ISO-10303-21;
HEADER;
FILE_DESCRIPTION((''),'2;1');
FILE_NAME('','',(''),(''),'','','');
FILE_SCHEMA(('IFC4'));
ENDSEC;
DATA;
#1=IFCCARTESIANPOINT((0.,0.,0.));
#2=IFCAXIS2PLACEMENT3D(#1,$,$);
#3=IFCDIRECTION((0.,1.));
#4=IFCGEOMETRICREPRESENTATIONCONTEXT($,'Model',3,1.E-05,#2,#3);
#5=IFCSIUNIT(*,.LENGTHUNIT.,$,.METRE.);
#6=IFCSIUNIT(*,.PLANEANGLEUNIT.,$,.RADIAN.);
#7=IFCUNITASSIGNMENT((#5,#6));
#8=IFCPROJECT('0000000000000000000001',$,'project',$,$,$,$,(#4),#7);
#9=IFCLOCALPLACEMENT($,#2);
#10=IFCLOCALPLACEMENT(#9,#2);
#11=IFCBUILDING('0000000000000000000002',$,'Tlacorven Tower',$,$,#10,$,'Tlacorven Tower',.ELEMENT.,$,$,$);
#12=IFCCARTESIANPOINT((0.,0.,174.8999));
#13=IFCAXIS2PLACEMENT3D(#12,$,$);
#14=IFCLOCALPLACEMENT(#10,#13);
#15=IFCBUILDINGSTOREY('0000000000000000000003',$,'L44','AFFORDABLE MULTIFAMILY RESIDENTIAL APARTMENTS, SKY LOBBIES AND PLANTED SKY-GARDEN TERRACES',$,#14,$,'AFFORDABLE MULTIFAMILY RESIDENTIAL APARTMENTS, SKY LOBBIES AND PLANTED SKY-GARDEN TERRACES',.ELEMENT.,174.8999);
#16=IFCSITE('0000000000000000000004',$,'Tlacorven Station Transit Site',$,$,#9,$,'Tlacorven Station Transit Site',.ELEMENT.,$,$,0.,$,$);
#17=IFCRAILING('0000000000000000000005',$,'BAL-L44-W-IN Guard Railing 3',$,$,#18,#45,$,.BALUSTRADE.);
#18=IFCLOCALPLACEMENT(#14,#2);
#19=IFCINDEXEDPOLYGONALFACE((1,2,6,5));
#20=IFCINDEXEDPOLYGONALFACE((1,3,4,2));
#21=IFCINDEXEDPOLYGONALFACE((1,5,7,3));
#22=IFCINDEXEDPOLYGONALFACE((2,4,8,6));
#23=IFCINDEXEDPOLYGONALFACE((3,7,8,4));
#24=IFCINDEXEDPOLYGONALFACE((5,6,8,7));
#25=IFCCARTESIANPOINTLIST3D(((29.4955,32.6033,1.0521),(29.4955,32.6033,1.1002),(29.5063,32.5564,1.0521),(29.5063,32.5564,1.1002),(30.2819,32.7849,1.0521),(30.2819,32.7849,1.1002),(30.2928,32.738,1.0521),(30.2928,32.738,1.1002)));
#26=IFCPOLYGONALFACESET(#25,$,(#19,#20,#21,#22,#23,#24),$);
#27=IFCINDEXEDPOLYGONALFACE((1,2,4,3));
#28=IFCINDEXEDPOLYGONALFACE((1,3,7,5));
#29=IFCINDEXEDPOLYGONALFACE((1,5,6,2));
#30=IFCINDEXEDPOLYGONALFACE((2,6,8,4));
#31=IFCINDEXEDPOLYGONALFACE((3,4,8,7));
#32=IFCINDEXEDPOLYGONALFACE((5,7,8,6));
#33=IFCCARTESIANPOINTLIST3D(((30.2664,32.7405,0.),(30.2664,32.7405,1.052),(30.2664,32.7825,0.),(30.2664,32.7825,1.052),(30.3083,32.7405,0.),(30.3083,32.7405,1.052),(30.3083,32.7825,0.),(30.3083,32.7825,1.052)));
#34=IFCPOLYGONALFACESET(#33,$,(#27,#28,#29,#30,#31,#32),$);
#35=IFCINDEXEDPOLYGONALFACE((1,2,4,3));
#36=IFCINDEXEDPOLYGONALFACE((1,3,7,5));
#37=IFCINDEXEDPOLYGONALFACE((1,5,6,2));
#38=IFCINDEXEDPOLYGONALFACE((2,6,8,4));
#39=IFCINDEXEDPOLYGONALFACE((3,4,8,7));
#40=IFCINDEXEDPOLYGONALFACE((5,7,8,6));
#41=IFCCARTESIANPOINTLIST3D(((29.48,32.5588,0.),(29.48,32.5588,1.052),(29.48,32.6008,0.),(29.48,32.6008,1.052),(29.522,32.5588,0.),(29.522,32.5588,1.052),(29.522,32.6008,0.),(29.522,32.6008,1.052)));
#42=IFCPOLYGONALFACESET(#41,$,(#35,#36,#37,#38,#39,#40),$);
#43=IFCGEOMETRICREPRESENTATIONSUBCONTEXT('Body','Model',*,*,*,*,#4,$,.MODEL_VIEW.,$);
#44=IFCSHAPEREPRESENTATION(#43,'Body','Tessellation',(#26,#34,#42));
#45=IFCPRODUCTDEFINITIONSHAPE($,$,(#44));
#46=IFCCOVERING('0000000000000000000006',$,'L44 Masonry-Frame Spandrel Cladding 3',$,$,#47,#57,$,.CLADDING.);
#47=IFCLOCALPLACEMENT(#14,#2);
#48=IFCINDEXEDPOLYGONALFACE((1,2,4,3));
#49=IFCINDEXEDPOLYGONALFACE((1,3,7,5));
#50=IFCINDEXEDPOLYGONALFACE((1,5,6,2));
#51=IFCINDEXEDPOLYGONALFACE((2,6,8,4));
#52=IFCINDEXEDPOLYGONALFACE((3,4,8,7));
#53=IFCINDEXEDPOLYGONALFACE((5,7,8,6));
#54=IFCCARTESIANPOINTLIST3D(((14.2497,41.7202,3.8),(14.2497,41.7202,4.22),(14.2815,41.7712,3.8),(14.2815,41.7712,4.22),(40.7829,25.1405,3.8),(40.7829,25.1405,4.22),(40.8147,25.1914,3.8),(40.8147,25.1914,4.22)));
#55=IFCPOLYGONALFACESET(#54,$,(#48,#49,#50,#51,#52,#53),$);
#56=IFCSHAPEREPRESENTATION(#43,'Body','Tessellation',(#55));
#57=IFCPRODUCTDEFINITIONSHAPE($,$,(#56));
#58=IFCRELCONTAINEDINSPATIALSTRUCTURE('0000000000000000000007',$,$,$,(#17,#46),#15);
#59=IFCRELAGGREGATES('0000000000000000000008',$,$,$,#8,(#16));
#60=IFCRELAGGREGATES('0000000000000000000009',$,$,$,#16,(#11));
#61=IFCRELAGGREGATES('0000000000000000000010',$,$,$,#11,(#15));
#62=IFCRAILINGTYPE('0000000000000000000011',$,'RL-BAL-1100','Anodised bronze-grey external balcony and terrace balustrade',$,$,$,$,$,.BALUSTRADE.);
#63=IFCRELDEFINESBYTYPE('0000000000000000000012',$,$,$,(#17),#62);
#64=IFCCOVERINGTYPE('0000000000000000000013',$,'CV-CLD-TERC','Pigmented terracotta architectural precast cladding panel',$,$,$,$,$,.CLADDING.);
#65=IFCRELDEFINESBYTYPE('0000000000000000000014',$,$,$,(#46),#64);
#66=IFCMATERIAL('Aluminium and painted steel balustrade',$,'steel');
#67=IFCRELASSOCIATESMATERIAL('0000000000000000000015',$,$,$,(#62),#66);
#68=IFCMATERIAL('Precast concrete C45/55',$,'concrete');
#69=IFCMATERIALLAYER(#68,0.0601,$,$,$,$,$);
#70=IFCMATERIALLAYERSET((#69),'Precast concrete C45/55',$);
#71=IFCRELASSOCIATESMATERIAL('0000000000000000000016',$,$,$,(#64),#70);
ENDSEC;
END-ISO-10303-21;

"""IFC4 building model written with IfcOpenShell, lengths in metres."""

from ifc_helpers import new_model, si_unit, direction, frame, origin, origin_2d, place, context, subcontext, project, spatial, rectangle, extrude, source, transform, mapped, material, layer, layer_set, type_object, element, save


model = new_model("IFC4")

# Units and contexts
model_context = context("Model", 3, precision=1e-05, world=origin(), true_north=direction((0.0, 1.0)))
body_context = subcontext(model_context, "Body", "Model", "MODEL_VIEW")
ifc_project = project(units=[si_unit("LENGTHUNIT", "METRE"), si_unit("PLANEANGLEUNIT", "RADIAN")], contexts=[model_context])

# Site, building, storey
site_placement = place(None, origin())
site = spatial("IfcSite", under=ifc_project, at=site_placement, Name="Tlacorven Station Transit Site", LongName="Tlacorven Station Transit Site", CompositionType="ELEMENT", RefElevation=0.0)
building_placement = place(site_placement, origin())
building = spatial("IfcBuilding", under=site, at=building_placement, Name="Tlacorven Tower", LongName="Tlacorven Tower", CompositionType="ELEMENT")
storey_placement = place(building_placement, frame((0.0, 0.0, 174.8999)))
storey = spatial("IfcBuildingStorey", under=building, at=storey_placement, Name="L44", Description="AFFORDABLE MULTIFAMILY RESIDENTIAL APARTMENTS, SKY LOBBIES AND PLANTED SKY-GARDEN TERRACES", LongName="AFFORDABLE MULTIFAMILY RESIDENTIAL APARTMENTS, SKY LOBBIES AND PLANTED SKY-GARDEN TERRACES", CompositionType="ELEMENT", Elevation=174.8999)

# Railing
ifc_material_1 = material(Name="Aluminium and painted steel balustrade", Category="steel")
railing_type = type_object("IfcRailingType", Name="RL-BAL-1100", Description="Anodised bronze-grey external balcony and terrace balustrade", PredefinedType="BALUSTRADE", material=ifc_material_1)
shared_shape_1 = source(origin(), body_context, "Body", "SweptSolid", [
    extrude(rectangle(XDim=0.0481, YDim=0.0481, at=origin_2d()), frame((0.0, 0.0, 1.0762), z_axis=(-0.974345, -0.225058, 0.0), x_axis=(0.225058, -0.974345, 0.0)), (0.0, 0.0, 1.0), 0.8071),
    extrude(rectangle(XDim=0.042, YDim=0.042, at=origin_2d()), origin(), (0.0, 0.0, 1.0), 1.052),
    extrude(rectangle(XDim=0.042, YDim=0.042, at=origin_2d()), frame((-0.7864, -0.1816, 0.0)), (0.0, 0.0, 1.0), 1.052),
])
railing_1_placement = place(storey_placement, frame((30.2874, 32.7615, 0.0)))
element("IfcRailing", 1, at=railing_1_placement, inside=storey, type_object=railing_type, Name="BAL-L44-W-IN Guard Railing 3", PredefinedType="BALUSTRADE", context=body_context, shape_type="MappedRepresentation", body=[
    mapped(shared_shape_1, transform((0.0, 0.0, 0.0), scale=1.0)),
])

# Covering
ifc_material_2 = material(Name="Precast concrete C45/55", Category="concrete")
ifc_layer_1 = layer(ifc_material_2, 0.0601)
ifc_layer_set_1 = layer_set([ifc_layer_1], Name="Precast concrete C45/55")
covering_type = type_object("IfcCoveringType", Name="CV-CLD-TERC", Description="Pigmented terracotta architectural precast cladding panel", PredefinedType="CLADDING", material=ifc_layer_set_1)
shared_shape_2 = source(origin(), body_context, "Body", "SweptSolid", [
    extrude(rectangle(XDim=31.2874, YDim=0.0601, at=origin_2d()), origin(), (0.0, 0.0, 1.0), 0.4199),
])
covering_placement = place(storey_placement, frame((27.5322, 33.4558, 3.8), z_axis=(0.0, 0.0, 1.0), x_axis=(0.848048, -0.529919, 0.0)))
element("IfcCovering", 2, at=covering_placement, inside=storey, type_object=covering_type, Name="L44 Masonry-Frame Spandrel Cladding 3", PredefinedType="CLADDING", context=body_context, shape_type="MappedRepresentation", body=[
    mapped(shared_shape_2, transform((0.0, 0.0, 0.0), scale=1.0)),
])

save(model, "model.ifc")
